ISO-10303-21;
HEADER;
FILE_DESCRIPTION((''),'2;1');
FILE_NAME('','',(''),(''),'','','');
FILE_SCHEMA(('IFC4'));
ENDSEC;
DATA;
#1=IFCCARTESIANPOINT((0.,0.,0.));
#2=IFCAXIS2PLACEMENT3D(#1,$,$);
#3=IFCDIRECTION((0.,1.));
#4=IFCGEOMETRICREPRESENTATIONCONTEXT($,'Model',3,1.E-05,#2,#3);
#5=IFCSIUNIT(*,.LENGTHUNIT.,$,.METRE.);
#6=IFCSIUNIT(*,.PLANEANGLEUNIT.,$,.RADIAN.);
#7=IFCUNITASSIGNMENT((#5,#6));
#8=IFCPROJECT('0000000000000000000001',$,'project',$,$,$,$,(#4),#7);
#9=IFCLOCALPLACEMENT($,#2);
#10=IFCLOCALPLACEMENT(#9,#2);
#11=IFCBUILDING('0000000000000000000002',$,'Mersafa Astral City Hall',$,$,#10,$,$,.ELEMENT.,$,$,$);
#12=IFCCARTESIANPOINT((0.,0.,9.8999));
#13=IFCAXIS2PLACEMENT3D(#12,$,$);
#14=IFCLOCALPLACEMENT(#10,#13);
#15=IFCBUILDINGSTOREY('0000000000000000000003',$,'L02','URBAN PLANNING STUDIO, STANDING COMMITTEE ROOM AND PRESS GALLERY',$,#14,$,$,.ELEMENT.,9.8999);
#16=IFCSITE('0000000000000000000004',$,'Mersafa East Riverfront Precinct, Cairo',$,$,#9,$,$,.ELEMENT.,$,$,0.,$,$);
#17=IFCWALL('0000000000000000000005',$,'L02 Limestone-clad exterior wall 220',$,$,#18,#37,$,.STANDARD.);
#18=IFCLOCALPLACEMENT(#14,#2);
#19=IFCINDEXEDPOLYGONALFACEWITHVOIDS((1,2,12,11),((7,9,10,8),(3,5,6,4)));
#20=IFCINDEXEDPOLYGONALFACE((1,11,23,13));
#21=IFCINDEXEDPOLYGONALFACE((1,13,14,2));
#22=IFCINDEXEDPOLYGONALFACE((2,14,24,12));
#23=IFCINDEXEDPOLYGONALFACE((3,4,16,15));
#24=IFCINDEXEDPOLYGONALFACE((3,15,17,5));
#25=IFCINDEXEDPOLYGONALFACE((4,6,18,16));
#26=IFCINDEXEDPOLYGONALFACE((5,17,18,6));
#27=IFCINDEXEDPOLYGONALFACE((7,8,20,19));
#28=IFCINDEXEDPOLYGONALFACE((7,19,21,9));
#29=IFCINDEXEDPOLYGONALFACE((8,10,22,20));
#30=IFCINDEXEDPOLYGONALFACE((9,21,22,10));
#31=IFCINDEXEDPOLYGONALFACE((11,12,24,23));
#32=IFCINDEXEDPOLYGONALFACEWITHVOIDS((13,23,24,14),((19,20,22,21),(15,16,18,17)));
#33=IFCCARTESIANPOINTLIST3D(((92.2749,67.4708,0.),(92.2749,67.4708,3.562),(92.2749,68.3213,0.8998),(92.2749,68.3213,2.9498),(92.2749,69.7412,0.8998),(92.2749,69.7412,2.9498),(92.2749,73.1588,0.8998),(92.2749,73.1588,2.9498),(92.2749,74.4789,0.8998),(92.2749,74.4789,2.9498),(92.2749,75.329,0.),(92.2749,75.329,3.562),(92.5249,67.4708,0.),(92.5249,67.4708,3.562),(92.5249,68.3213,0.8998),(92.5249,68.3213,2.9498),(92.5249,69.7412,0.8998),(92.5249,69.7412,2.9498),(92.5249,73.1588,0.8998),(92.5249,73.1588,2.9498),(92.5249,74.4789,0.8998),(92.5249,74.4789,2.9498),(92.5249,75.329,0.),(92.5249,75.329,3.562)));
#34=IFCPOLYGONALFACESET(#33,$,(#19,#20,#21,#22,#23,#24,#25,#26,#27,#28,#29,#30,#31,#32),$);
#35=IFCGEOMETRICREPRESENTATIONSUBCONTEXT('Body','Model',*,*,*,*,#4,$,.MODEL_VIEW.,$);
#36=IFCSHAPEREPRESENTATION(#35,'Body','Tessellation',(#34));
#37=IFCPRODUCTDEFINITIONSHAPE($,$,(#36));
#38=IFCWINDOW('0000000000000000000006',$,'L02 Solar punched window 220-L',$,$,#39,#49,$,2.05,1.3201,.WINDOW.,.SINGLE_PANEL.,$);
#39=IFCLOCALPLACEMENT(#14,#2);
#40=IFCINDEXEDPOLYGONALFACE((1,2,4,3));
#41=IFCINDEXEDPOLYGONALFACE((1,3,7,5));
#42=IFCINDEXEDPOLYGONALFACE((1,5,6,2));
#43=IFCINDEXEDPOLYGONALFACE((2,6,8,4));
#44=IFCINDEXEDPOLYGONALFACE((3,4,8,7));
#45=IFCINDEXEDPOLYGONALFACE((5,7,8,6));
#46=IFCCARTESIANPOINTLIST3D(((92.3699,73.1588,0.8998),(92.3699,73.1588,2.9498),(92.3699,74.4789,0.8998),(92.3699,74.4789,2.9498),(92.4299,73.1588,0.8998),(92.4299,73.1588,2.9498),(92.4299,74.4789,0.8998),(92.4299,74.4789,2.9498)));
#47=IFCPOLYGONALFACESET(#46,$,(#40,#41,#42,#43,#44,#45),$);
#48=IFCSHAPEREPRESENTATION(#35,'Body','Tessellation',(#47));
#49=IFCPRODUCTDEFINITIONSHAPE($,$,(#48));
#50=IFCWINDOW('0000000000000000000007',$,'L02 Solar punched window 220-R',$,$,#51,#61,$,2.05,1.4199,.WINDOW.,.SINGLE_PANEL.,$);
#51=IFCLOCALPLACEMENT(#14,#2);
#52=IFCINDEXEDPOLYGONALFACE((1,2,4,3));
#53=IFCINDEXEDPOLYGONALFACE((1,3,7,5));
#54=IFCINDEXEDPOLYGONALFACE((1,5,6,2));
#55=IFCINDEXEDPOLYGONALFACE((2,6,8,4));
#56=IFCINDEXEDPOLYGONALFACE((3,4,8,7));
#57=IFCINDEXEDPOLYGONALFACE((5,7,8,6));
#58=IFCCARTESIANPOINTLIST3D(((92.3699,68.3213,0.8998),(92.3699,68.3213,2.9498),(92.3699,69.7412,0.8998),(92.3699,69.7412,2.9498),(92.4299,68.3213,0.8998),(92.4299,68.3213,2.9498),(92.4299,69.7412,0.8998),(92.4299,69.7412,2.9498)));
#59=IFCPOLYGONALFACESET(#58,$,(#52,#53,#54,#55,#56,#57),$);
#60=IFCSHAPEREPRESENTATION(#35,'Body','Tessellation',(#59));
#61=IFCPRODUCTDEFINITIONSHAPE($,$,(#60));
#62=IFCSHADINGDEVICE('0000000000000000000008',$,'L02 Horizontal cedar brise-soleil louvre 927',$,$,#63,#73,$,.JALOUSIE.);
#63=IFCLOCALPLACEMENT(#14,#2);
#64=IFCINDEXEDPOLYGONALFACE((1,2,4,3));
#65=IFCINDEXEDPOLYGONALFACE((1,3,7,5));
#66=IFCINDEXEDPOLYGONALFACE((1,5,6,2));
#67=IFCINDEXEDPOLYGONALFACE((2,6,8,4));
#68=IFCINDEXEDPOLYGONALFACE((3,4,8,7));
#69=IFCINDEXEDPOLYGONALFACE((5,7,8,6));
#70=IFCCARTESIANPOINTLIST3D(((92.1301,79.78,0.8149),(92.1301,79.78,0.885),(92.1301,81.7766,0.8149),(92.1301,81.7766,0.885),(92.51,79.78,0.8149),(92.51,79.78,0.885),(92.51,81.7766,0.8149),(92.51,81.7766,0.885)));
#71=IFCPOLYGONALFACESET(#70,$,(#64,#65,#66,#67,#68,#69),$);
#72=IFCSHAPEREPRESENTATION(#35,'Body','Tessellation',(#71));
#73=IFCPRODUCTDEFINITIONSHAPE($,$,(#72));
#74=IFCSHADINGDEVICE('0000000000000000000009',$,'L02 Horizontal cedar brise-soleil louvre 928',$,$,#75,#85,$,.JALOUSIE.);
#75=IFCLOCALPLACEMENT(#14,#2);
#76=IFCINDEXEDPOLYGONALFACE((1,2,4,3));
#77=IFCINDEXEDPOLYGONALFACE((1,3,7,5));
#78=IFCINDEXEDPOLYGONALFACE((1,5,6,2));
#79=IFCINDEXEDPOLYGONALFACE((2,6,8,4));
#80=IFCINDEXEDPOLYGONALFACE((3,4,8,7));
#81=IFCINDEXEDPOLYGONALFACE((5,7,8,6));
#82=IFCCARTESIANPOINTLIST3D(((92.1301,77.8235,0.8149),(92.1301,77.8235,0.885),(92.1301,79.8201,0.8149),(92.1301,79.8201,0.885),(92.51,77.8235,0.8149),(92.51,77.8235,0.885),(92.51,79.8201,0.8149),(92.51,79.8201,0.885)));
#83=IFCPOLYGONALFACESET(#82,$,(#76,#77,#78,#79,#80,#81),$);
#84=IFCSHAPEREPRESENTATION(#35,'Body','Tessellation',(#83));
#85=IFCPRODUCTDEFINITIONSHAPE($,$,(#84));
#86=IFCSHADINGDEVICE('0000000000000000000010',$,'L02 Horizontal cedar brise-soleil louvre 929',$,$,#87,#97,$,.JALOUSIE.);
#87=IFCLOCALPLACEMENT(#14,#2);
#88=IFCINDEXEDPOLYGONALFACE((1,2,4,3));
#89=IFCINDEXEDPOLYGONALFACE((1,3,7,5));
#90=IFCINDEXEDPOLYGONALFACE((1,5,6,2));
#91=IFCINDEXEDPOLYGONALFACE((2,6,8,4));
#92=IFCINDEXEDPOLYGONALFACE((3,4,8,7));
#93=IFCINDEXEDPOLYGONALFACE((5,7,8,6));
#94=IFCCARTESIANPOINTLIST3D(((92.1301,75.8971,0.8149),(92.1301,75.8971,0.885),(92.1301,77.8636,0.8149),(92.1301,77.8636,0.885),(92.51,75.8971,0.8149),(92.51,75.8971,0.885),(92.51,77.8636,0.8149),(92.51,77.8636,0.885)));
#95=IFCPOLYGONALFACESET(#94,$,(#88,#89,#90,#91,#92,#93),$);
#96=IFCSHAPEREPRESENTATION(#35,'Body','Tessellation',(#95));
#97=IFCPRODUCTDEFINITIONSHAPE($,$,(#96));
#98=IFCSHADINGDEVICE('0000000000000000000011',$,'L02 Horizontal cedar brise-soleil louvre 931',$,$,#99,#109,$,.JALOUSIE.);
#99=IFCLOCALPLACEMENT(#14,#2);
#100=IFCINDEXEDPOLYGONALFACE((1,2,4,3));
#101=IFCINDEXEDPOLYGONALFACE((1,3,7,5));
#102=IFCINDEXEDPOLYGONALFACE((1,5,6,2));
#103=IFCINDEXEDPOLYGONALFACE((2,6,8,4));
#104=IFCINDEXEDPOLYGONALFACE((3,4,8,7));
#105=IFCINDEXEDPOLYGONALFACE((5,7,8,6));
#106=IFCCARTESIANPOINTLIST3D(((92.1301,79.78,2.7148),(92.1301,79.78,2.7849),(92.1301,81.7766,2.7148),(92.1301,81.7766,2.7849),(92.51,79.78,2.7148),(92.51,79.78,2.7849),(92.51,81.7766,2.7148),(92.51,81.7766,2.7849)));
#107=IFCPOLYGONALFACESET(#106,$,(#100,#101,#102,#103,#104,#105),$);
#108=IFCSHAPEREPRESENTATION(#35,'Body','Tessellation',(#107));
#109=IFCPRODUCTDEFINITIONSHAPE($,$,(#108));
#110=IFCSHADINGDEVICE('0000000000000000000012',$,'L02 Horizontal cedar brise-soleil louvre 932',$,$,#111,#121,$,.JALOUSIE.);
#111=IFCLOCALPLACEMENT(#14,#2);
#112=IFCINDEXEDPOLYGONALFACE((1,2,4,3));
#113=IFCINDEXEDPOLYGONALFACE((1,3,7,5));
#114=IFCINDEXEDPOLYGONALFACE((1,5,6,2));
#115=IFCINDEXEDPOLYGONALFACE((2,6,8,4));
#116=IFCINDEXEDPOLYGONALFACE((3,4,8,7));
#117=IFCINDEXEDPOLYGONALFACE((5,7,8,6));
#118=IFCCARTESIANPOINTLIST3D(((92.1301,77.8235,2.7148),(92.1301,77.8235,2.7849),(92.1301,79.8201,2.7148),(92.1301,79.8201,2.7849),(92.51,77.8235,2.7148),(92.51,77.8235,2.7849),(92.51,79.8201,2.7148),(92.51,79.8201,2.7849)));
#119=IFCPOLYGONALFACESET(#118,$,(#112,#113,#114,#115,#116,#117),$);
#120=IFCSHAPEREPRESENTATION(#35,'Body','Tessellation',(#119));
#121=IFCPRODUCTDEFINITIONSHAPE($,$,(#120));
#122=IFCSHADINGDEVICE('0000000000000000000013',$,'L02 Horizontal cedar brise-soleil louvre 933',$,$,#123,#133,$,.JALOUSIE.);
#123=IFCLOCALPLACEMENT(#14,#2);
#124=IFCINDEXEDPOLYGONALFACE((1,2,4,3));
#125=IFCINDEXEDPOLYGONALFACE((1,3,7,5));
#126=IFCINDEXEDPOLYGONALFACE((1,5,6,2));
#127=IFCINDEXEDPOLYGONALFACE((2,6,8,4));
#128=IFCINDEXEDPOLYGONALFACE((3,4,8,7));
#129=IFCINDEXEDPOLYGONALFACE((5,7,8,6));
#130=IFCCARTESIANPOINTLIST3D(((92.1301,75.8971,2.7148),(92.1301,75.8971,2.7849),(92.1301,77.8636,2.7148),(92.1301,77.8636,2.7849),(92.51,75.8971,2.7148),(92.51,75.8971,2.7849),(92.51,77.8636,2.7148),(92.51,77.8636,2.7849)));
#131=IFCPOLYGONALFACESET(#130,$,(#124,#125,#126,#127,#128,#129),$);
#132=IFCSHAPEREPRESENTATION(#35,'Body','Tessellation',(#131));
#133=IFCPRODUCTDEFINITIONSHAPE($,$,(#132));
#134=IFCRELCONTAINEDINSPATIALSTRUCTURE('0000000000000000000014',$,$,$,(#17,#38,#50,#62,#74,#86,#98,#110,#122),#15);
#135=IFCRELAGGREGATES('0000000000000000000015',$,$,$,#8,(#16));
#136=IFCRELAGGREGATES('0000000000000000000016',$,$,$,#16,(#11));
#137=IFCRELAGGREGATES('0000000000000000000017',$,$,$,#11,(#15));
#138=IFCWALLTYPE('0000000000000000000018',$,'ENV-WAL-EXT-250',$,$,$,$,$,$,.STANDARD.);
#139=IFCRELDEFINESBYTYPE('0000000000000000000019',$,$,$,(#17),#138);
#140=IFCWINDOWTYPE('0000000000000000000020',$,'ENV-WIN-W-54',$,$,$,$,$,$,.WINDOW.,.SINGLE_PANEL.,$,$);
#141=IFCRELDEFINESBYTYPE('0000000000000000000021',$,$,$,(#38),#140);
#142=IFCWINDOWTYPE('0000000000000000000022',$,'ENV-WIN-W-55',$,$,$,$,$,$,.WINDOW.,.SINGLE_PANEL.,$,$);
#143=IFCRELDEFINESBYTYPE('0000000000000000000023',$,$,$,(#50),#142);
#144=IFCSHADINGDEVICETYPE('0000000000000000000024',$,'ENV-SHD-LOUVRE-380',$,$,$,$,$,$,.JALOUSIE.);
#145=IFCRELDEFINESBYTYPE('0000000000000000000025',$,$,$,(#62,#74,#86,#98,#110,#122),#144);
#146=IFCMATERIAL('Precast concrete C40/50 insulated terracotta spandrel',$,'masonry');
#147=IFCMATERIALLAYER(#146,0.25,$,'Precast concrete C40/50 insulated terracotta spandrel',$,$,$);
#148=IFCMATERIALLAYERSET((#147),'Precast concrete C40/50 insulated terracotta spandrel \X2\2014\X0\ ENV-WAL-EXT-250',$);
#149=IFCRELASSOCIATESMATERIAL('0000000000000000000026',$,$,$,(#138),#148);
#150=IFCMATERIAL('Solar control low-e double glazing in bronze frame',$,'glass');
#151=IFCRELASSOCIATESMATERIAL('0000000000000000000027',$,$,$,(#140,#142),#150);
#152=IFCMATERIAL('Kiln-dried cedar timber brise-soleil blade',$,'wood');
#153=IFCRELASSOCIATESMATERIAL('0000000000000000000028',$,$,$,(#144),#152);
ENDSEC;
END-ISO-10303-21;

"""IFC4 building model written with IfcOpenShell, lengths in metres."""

from ifc_helpers import new_model, si_unit, direction, frame, frame_2d, origin, origin_2d, place, context, subcontext, project, spatial, rectangle, extrude, material, layer, layer_set, type_object, element, fill, save


model = new_model("IFC4")

# Units and contexts
model_context = context("Model", 3, precision=1e-05, world=origin(), true_north=direction((0.0, 1.0)))
body_context = subcontext(model_context, "Body", "Model", "MODEL_VIEW")
ifc_project = project(units=[si_unit("LENGTHUNIT", "METRE"), si_unit("PLANEANGLEUNIT", "RADIAN")], contexts=[model_context])

# Site, building, storey
site_placement = place(None, origin())
site = spatial("IfcSite", under=ifc_project, at=site_placement, Name="Mersafa East Riverfront Precinct, Cairo", CompositionType="ELEMENT", RefElevation=0.0)
building_placement = place(site_placement, origin())
building = spatial("IfcBuilding", under=site, at=building_placement, Name="Mersafa Astral City Hall", CompositionType="ELEMENT")
storey_placement = place(building_placement, frame((0.0, 0.0, 9.8999)))
storey = spatial("IfcBuildingStorey", under=building, at=storey_placement, Name="L02", Description="URBAN PLANNING STUDIO, STANDING COMMITTEE ROOM AND PRESS GALLERY", CompositionType="ELEMENT", Elevation=9.8999)

# Wall, openings, windows
ifc_material_1 = material(Name="Precast concrete C40/50 insulated terracotta spandrel", Category="masonry")
ifc_layer_1 = layer(ifc_material_1, 0.25, Name="Precast concrete C40/50 insulated terracotta spandrel")
ifc_layer_set_1 = layer_set([ifc_layer_1], Name="Precast concrete C40/50 insulated terracotta spandrel — ENV-WAL-EXT-250")
wall_type = type_object("IfcWallType", Name="ENV-WAL-EXT-250", PredefinedType="STANDARD", material=ifc_layer_set_1)
wall_placement = place(storey_placement, frame((92.3999, 75.3291, 0.0), z_axis=(0.0, 0.0, 1.0), x_axis=(0.0, -1.0, 0.0)))
wall = element("IfcWall", 1, at=wall_placement, inside=storey, type_object=wall_type, Name="L02 Limestone-clad exterior wall 220", PredefinedType="STANDARD", context=body_context, shape_type="SweptSolid", body=[
    extrude(rectangle(XDim=7.8582, YDim=0.25, at=frame_2d((3.9292, 0.0))), origin(), (0.0, 0.0, 1.0), 3.562),
])
opening_1_placement = place(wall_placement, frame((0.8501, 0.0, 0.8999)))
opening_1 = element("IfcOpeningElement", 2, at=opening_1_placement, cuts=wall, PredefinedType="OPENING", context=body_context, shape_type="SweptSolid", body=[
    extrude(rectangle(XDim=1.3201, YDim=2.05, at=frame_2d((0.6602, 1.0249))), frame((0.0, 0.135, 0.0), z_axis=(0.0, -1.0, 0.0), x_axis=(1.0, 0.0, 0.0)), (0.0, 0.0, 1.0), 0.27),
])
opening_2_placement = place(wall_placement, frame((5.5879, 0.0, 0.8999)))
opening_2 = element("IfcOpeningElement", 3, at=opening_2_placement, cuts=wall, PredefinedType="OPENING", context=body_context, shape_type="SweptSolid", body=[
    extrude(rectangle(XDim=1.4199, YDim=2.05, at=frame_2d((0.71, 1.0249))), frame((0.0, 0.135, 0.0), z_axis=(0.0, -1.0, 0.0), x_axis=(1.0, 0.0, 0.0)), (0.0, 0.0, 1.0), 0.27),
])
ifc_material_2 = material(Name="Solar control low-e double glazing in bronze frame", Category="glass")
window_type_1 = type_object("IfcWindowType", Name="ENV-WIN-W-54", PartitioningType="SINGLE_PANEL", PredefinedType="WINDOW", material=ifc_material_2)
window_1_placement = place(opening_1_placement, origin())
window_1 = element("IfcWindow", 4, at=window_1_placement, inside=storey, type_object=window_type_1, Name="L02 Solar punched window 220-L", OverallHeight=2.05, OverallWidth=1.3201, PartitioningType="SINGLE_PANEL", PredefinedType="WINDOW", context=body_context, shape_type="SweptSolid", body=[
    extrude(rectangle(XDim=1.3201, YDim=2.05, at=frame_2d((0.6602, 1.0249))), frame((0.0, 0.03, 0.0), z_axis=(0.0, -1.0, 0.0), x_axis=(1.0, 0.0, 0.0)), (0.0, 0.0, 1.0), 0.0601),
])
fill(opening_1, window_1)
window_type_2 = type_object("IfcWindowType", Name="ENV-WIN-W-55", PartitioningType="SINGLE_PANEL", PredefinedType="WINDOW", material=ifc_material_2)
window_2_placement = place(opening_2_placement, origin())
window_2 = element("IfcWindow", 5, at=window_2_placement, inside=storey, type_object=window_type_2, Name="L02 Solar punched window 220-R", OverallHeight=2.05, OverallWidth=1.4199, PartitioningType="SINGLE_PANEL", PredefinedType="WINDOW", context=body_context, shape_type="SweptSolid", body=[
    extrude(rectangle(XDim=1.4199, YDim=2.05, at=frame_2d((0.71, 1.0249))), frame((0.0, 0.03, 0.0), z_axis=(0.0, -1.0, 0.0), x_axis=(1.0, 0.0, 0.0)), (0.0, 0.0, 1.0), 0.0601),
])
fill(opening_2, window_2)

# Shading devices
ifc_material_3 = material(Name="Kiln-dried cedar timber brise-soleil blade", Category="wood")
shading_device_type = type_object("IfcShadingDeviceType", Name="ENV-SHD-LOUVRE-380", PredefinedType="JALOUSIE", material=ifc_material_3)
for number, where, z_axis, x_axis, name in (
    (6, (92.3201, 80.7783, 0.8149), (0.0, 0.0, 1.0), (0.0, -1.0, 0.0), "L02 Horizontal cedar brise-soleil louvre 927"),
    (7, (92.3201, 78.8218, 0.8149), (0.0, 0.0, 1.0), (0.0, -1.0, 0.0), "L02 Horizontal cedar brise-soleil louvre 928"),
):
    element("IfcShadingDevice", number, at=place(storey_placement, frame(where, z_axis=z_axis, x_axis=x_axis)), inside=storey, type_object=shading_device_type, Name=name, PredefinedType="JALOUSIE", context=body_context, shape_type="SweptSolid", body=[
        extrude(rectangle(XDim=1.9966, YDim=0.3799, at=origin_2d()), origin(), (0.0, 0.0, 1.0), 0.0701),
    ])
shading_device_1_placement = place(storey_placement, frame((92.3201, 76.8804, 0.8149), z_axis=(0.0, 0.0, 1.0), x_axis=(0.0, -1.0, 0.0)))
element("IfcShadingDevice", 8, at=shading_device_1_placement, inside=storey, type_object=shading_device_type, Name="L02 Horizontal cedar brise-soleil louvre 929", PredefinedType="JALOUSIE", context=body_context, shape_type="SweptSolid", body=[
    extrude(rectangle(XDim=1.9666, YDim=0.3799, at=origin_2d()), origin(), (0.0, 0.0, 1.0), 0.0701),
])
for number, where, z_axis, x_axis, name in (
    (9, (92.3201, 80.7783, 2.7148), (0.0, 0.0, 1.0), (0.0, -1.0, 0.0), "L02 Horizontal cedar brise-soleil louvre 931"),
    (10, (92.3201, 78.8218, 2.7148), (0.0, 0.0, 1.0), (0.0, -1.0, 0.0), "L02 Horizontal cedar brise-soleil louvre 932"),
):
    element("IfcShadingDevice", number, at=place(storey_placement, frame(where, z_axis=z_axis, x_axis=x_axis)), inside=storey, type_object=shading_device_type, Name=name, PredefinedType="JALOUSIE", context=body_context, shape_type="SweptSolid", body=[
        extrude(rectangle(XDim=1.9966, YDim=0.3799, at=origin_2d()), origin(), (0.0, 0.0, 1.0), 0.0701),
    ])
shading_device_2_placement = place(storey_placement, frame((92.3201, 76.8804, 2.7148), z_axis=(0.0, 0.0, 1.0), x_axis=(0.0, -1.0, 0.0)))
element("IfcShadingDevice", 11, at=shading_device_2_placement, inside=storey, type_object=shading_device_type, Name="L02 Horizontal cedar brise-soleil louvre 933", PredefinedType="JALOUSIE", context=body_context, shape_type="SweptSolid", body=[
    extrude(rectangle(XDim=1.9666, YDim=0.3799, at=origin_2d()), origin(), (0.0, 0.0, 1.0), 0.0701),
])

save(model, "model.ifc")
